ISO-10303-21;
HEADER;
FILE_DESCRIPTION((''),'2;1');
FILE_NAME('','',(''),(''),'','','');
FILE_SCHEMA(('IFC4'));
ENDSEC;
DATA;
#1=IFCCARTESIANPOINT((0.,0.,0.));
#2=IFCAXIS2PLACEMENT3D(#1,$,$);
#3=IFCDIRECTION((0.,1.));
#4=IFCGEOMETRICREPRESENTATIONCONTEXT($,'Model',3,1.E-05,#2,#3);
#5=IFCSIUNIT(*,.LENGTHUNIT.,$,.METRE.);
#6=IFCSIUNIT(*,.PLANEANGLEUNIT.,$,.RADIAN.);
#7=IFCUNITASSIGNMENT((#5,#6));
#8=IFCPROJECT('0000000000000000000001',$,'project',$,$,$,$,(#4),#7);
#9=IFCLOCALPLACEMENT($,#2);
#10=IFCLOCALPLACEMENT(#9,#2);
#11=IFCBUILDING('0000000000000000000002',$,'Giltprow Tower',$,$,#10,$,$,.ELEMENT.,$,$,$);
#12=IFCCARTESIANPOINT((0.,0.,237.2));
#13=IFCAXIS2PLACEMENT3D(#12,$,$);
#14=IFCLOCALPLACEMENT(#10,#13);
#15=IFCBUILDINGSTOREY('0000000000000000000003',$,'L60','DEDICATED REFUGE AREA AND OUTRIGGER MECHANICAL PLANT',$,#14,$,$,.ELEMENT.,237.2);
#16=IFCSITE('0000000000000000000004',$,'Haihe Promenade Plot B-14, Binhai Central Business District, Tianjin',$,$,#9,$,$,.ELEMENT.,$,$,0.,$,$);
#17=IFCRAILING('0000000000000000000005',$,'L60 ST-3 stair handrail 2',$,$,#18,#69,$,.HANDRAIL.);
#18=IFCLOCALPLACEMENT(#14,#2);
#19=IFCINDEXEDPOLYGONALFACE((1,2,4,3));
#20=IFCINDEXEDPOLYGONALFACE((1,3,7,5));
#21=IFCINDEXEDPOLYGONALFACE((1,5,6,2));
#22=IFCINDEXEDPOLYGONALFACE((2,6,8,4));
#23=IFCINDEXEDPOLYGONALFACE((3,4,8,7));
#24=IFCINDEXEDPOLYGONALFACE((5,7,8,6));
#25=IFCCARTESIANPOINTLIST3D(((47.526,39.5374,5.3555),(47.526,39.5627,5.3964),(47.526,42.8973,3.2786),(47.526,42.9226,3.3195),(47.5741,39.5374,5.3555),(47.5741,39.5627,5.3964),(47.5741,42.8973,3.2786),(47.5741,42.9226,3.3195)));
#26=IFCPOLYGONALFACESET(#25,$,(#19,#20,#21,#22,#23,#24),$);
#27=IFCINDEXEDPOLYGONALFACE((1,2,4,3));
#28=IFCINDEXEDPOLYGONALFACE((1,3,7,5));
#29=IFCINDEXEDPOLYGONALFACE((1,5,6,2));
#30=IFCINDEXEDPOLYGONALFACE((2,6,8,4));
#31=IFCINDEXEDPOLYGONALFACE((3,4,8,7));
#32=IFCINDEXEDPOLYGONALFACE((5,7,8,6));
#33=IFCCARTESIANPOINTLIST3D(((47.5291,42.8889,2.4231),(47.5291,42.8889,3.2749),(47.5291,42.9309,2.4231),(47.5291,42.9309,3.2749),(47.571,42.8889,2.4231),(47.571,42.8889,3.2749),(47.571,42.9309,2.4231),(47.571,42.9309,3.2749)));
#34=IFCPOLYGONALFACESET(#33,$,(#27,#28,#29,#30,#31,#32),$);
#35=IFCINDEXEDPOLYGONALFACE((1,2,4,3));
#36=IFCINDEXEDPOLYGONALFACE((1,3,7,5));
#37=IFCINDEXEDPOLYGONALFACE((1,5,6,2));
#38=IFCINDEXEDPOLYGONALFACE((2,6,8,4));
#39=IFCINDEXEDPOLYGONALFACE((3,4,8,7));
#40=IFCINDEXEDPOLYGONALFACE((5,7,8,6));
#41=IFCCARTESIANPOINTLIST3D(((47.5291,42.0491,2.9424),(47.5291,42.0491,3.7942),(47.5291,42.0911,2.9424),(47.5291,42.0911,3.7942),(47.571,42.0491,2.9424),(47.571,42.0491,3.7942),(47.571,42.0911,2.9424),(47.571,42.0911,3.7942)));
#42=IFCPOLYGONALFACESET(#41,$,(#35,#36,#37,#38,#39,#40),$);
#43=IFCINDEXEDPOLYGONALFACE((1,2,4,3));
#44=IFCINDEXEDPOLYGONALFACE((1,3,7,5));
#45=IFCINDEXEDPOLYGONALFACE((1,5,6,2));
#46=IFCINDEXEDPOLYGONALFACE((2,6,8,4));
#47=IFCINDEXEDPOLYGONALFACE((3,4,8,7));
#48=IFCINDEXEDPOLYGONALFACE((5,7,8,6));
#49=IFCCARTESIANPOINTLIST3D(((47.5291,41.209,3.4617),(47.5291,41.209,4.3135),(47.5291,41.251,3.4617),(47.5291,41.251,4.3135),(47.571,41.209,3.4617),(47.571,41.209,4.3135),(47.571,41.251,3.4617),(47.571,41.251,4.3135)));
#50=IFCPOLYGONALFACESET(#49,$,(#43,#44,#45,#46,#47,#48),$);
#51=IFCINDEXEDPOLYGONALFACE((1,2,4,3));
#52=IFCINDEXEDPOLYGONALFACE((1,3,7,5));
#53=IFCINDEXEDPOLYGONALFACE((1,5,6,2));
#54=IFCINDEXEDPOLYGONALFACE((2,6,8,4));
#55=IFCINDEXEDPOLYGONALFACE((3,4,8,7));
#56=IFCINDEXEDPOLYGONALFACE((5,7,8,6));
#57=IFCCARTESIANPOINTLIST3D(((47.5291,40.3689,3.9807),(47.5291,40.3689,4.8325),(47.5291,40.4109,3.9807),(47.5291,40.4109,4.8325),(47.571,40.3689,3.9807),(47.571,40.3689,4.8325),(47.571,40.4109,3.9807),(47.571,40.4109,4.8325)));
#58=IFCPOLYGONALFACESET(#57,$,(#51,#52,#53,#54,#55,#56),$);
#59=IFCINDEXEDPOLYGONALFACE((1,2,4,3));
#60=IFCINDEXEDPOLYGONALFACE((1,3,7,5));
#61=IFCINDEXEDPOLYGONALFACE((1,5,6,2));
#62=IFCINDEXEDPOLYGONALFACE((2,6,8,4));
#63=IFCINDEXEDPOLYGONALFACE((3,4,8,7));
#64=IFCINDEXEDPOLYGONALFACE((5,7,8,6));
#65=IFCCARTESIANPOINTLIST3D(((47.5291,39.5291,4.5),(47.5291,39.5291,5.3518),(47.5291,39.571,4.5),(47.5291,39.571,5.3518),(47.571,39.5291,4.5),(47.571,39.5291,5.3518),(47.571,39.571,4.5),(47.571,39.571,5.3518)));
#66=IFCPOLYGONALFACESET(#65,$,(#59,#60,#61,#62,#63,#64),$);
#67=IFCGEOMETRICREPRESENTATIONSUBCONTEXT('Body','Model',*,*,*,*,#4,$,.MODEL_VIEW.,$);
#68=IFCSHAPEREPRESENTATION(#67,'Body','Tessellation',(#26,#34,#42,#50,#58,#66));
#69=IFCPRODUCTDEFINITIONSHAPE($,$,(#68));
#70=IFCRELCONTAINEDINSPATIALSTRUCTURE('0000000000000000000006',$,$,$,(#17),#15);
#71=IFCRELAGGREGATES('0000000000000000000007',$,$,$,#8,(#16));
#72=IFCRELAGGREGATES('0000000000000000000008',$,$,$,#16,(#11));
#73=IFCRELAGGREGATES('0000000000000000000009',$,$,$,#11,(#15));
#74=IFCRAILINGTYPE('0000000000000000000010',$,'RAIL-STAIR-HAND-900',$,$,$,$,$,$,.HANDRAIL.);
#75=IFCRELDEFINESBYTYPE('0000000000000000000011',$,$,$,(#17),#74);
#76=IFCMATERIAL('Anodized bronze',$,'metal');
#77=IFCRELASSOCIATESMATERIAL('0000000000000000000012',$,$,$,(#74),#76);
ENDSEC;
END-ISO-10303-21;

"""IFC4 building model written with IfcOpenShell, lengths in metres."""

from ifc_helpers import new_model, si_unit, direction, frame, origin, origin_2d, place, context, subcontext, project, spatial, rectangle, extrude, material, type_object, element, save


model = new_model("IFC4")

# Units and contexts
model_context = context("Model", 3, precision=1e-05, world=origin(), true_north=direction((0.0, 1.0)))
body_context = subcontext(model_context, "Body", "Model", "MODEL_VIEW")
ifc_project = project(units=[si_unit("LENGTHUNIT", "METRE"), si_unit("PLANEANGLEUNIT", "RADIAN")], contexts=[model_context])

# Site, building, storey
site_placement = place(None, origin())
site = spatial("IfcSite", under=ifc_project, at=site_placement, Name="Haihe Promenade Plot B-14, Binhai Central Business District, Tianjin", CompositionType="ELEMENT", RefElevation=0.0)
building_placement = place(site_placement, origin())
building = spatial("IfcBuilding", under=site, at=building_placement, Name="Giltprow Tower", CompositionType="ELEMENT")
storey_placement = place(building_placement, frame((0.0, 0.0, 237.2)))
storey = spatial("IfcBuildingStorey", under=building, at=storey_placement, Name="L60", Description="DEDICATED REFUGE AREA AND OUTRIGGER MECHANICAL PLANT", CompositionType="ELEMENT", Elevation=237.2)

# Railing
ifc_material_1 = material(Name="Anodized bronze", Category="metal")
railing_type_1 = type_object("IfcRailingType", Name="RAIL-STAIR-HAND-900", PredefinedType="HANDRAIL", material=ifc_material_1)
railing_1_placement = place(storey_placement, frame((47.55, 42.9099, 2.4231)))
element("IfcRailing", 1, at=railing_1_placement, inside=storey, type_object=railing_type_1, Name="L60 ST-3 stair handrail 2", PredefinedType="HANDRAIL", context=body_context, shape_type="SweptSolid", body=[
    extrude(rectangle(XDim=0.0481, YDim=0.0481, at=origin_2d()), frame((0.0, 0.0, 0.876), z_axis=(0.0, -0.850606, 0.525803), x_axis=(1.0, 0.0, 0.0)), (0.0, 0.0, 1.0), 3.95),
    extrude(rectangle(XDim=0.042, YDim=0.042, at=origin_2d()), origin(), (0.0, 0.0, 1.0), 0.8518),
    extrude(rectangle(XDim=0.042, YDim=0.042, at=origin_2d()), frame((0.0, -0.8398, 0.5193)), (0.0, 0.0, 1.0), 0.8518),
    extrude(rectangle(XDim=0.042, YDim=0.042, at=origin_2d()), frame((0.0, -1.6799, 1.0386)), (0.0, 0.0, 1.0), 0.8518),
    extrude(rectangle(XDim=0.042, YDim=0.042, at=origin_2d()), frame((0.0, -2.52, 1.5576)), (0.0, 0.0, 1.0), 0.8518),
    extrude(rectangle(XDim=0.042, YDim=0.042, at=origin_2d()), frame((0.0, -3.3599, 2.0769)), (0.0, 0.0, 1.0), 0.8518),
])

save(model, "model.ifc")
